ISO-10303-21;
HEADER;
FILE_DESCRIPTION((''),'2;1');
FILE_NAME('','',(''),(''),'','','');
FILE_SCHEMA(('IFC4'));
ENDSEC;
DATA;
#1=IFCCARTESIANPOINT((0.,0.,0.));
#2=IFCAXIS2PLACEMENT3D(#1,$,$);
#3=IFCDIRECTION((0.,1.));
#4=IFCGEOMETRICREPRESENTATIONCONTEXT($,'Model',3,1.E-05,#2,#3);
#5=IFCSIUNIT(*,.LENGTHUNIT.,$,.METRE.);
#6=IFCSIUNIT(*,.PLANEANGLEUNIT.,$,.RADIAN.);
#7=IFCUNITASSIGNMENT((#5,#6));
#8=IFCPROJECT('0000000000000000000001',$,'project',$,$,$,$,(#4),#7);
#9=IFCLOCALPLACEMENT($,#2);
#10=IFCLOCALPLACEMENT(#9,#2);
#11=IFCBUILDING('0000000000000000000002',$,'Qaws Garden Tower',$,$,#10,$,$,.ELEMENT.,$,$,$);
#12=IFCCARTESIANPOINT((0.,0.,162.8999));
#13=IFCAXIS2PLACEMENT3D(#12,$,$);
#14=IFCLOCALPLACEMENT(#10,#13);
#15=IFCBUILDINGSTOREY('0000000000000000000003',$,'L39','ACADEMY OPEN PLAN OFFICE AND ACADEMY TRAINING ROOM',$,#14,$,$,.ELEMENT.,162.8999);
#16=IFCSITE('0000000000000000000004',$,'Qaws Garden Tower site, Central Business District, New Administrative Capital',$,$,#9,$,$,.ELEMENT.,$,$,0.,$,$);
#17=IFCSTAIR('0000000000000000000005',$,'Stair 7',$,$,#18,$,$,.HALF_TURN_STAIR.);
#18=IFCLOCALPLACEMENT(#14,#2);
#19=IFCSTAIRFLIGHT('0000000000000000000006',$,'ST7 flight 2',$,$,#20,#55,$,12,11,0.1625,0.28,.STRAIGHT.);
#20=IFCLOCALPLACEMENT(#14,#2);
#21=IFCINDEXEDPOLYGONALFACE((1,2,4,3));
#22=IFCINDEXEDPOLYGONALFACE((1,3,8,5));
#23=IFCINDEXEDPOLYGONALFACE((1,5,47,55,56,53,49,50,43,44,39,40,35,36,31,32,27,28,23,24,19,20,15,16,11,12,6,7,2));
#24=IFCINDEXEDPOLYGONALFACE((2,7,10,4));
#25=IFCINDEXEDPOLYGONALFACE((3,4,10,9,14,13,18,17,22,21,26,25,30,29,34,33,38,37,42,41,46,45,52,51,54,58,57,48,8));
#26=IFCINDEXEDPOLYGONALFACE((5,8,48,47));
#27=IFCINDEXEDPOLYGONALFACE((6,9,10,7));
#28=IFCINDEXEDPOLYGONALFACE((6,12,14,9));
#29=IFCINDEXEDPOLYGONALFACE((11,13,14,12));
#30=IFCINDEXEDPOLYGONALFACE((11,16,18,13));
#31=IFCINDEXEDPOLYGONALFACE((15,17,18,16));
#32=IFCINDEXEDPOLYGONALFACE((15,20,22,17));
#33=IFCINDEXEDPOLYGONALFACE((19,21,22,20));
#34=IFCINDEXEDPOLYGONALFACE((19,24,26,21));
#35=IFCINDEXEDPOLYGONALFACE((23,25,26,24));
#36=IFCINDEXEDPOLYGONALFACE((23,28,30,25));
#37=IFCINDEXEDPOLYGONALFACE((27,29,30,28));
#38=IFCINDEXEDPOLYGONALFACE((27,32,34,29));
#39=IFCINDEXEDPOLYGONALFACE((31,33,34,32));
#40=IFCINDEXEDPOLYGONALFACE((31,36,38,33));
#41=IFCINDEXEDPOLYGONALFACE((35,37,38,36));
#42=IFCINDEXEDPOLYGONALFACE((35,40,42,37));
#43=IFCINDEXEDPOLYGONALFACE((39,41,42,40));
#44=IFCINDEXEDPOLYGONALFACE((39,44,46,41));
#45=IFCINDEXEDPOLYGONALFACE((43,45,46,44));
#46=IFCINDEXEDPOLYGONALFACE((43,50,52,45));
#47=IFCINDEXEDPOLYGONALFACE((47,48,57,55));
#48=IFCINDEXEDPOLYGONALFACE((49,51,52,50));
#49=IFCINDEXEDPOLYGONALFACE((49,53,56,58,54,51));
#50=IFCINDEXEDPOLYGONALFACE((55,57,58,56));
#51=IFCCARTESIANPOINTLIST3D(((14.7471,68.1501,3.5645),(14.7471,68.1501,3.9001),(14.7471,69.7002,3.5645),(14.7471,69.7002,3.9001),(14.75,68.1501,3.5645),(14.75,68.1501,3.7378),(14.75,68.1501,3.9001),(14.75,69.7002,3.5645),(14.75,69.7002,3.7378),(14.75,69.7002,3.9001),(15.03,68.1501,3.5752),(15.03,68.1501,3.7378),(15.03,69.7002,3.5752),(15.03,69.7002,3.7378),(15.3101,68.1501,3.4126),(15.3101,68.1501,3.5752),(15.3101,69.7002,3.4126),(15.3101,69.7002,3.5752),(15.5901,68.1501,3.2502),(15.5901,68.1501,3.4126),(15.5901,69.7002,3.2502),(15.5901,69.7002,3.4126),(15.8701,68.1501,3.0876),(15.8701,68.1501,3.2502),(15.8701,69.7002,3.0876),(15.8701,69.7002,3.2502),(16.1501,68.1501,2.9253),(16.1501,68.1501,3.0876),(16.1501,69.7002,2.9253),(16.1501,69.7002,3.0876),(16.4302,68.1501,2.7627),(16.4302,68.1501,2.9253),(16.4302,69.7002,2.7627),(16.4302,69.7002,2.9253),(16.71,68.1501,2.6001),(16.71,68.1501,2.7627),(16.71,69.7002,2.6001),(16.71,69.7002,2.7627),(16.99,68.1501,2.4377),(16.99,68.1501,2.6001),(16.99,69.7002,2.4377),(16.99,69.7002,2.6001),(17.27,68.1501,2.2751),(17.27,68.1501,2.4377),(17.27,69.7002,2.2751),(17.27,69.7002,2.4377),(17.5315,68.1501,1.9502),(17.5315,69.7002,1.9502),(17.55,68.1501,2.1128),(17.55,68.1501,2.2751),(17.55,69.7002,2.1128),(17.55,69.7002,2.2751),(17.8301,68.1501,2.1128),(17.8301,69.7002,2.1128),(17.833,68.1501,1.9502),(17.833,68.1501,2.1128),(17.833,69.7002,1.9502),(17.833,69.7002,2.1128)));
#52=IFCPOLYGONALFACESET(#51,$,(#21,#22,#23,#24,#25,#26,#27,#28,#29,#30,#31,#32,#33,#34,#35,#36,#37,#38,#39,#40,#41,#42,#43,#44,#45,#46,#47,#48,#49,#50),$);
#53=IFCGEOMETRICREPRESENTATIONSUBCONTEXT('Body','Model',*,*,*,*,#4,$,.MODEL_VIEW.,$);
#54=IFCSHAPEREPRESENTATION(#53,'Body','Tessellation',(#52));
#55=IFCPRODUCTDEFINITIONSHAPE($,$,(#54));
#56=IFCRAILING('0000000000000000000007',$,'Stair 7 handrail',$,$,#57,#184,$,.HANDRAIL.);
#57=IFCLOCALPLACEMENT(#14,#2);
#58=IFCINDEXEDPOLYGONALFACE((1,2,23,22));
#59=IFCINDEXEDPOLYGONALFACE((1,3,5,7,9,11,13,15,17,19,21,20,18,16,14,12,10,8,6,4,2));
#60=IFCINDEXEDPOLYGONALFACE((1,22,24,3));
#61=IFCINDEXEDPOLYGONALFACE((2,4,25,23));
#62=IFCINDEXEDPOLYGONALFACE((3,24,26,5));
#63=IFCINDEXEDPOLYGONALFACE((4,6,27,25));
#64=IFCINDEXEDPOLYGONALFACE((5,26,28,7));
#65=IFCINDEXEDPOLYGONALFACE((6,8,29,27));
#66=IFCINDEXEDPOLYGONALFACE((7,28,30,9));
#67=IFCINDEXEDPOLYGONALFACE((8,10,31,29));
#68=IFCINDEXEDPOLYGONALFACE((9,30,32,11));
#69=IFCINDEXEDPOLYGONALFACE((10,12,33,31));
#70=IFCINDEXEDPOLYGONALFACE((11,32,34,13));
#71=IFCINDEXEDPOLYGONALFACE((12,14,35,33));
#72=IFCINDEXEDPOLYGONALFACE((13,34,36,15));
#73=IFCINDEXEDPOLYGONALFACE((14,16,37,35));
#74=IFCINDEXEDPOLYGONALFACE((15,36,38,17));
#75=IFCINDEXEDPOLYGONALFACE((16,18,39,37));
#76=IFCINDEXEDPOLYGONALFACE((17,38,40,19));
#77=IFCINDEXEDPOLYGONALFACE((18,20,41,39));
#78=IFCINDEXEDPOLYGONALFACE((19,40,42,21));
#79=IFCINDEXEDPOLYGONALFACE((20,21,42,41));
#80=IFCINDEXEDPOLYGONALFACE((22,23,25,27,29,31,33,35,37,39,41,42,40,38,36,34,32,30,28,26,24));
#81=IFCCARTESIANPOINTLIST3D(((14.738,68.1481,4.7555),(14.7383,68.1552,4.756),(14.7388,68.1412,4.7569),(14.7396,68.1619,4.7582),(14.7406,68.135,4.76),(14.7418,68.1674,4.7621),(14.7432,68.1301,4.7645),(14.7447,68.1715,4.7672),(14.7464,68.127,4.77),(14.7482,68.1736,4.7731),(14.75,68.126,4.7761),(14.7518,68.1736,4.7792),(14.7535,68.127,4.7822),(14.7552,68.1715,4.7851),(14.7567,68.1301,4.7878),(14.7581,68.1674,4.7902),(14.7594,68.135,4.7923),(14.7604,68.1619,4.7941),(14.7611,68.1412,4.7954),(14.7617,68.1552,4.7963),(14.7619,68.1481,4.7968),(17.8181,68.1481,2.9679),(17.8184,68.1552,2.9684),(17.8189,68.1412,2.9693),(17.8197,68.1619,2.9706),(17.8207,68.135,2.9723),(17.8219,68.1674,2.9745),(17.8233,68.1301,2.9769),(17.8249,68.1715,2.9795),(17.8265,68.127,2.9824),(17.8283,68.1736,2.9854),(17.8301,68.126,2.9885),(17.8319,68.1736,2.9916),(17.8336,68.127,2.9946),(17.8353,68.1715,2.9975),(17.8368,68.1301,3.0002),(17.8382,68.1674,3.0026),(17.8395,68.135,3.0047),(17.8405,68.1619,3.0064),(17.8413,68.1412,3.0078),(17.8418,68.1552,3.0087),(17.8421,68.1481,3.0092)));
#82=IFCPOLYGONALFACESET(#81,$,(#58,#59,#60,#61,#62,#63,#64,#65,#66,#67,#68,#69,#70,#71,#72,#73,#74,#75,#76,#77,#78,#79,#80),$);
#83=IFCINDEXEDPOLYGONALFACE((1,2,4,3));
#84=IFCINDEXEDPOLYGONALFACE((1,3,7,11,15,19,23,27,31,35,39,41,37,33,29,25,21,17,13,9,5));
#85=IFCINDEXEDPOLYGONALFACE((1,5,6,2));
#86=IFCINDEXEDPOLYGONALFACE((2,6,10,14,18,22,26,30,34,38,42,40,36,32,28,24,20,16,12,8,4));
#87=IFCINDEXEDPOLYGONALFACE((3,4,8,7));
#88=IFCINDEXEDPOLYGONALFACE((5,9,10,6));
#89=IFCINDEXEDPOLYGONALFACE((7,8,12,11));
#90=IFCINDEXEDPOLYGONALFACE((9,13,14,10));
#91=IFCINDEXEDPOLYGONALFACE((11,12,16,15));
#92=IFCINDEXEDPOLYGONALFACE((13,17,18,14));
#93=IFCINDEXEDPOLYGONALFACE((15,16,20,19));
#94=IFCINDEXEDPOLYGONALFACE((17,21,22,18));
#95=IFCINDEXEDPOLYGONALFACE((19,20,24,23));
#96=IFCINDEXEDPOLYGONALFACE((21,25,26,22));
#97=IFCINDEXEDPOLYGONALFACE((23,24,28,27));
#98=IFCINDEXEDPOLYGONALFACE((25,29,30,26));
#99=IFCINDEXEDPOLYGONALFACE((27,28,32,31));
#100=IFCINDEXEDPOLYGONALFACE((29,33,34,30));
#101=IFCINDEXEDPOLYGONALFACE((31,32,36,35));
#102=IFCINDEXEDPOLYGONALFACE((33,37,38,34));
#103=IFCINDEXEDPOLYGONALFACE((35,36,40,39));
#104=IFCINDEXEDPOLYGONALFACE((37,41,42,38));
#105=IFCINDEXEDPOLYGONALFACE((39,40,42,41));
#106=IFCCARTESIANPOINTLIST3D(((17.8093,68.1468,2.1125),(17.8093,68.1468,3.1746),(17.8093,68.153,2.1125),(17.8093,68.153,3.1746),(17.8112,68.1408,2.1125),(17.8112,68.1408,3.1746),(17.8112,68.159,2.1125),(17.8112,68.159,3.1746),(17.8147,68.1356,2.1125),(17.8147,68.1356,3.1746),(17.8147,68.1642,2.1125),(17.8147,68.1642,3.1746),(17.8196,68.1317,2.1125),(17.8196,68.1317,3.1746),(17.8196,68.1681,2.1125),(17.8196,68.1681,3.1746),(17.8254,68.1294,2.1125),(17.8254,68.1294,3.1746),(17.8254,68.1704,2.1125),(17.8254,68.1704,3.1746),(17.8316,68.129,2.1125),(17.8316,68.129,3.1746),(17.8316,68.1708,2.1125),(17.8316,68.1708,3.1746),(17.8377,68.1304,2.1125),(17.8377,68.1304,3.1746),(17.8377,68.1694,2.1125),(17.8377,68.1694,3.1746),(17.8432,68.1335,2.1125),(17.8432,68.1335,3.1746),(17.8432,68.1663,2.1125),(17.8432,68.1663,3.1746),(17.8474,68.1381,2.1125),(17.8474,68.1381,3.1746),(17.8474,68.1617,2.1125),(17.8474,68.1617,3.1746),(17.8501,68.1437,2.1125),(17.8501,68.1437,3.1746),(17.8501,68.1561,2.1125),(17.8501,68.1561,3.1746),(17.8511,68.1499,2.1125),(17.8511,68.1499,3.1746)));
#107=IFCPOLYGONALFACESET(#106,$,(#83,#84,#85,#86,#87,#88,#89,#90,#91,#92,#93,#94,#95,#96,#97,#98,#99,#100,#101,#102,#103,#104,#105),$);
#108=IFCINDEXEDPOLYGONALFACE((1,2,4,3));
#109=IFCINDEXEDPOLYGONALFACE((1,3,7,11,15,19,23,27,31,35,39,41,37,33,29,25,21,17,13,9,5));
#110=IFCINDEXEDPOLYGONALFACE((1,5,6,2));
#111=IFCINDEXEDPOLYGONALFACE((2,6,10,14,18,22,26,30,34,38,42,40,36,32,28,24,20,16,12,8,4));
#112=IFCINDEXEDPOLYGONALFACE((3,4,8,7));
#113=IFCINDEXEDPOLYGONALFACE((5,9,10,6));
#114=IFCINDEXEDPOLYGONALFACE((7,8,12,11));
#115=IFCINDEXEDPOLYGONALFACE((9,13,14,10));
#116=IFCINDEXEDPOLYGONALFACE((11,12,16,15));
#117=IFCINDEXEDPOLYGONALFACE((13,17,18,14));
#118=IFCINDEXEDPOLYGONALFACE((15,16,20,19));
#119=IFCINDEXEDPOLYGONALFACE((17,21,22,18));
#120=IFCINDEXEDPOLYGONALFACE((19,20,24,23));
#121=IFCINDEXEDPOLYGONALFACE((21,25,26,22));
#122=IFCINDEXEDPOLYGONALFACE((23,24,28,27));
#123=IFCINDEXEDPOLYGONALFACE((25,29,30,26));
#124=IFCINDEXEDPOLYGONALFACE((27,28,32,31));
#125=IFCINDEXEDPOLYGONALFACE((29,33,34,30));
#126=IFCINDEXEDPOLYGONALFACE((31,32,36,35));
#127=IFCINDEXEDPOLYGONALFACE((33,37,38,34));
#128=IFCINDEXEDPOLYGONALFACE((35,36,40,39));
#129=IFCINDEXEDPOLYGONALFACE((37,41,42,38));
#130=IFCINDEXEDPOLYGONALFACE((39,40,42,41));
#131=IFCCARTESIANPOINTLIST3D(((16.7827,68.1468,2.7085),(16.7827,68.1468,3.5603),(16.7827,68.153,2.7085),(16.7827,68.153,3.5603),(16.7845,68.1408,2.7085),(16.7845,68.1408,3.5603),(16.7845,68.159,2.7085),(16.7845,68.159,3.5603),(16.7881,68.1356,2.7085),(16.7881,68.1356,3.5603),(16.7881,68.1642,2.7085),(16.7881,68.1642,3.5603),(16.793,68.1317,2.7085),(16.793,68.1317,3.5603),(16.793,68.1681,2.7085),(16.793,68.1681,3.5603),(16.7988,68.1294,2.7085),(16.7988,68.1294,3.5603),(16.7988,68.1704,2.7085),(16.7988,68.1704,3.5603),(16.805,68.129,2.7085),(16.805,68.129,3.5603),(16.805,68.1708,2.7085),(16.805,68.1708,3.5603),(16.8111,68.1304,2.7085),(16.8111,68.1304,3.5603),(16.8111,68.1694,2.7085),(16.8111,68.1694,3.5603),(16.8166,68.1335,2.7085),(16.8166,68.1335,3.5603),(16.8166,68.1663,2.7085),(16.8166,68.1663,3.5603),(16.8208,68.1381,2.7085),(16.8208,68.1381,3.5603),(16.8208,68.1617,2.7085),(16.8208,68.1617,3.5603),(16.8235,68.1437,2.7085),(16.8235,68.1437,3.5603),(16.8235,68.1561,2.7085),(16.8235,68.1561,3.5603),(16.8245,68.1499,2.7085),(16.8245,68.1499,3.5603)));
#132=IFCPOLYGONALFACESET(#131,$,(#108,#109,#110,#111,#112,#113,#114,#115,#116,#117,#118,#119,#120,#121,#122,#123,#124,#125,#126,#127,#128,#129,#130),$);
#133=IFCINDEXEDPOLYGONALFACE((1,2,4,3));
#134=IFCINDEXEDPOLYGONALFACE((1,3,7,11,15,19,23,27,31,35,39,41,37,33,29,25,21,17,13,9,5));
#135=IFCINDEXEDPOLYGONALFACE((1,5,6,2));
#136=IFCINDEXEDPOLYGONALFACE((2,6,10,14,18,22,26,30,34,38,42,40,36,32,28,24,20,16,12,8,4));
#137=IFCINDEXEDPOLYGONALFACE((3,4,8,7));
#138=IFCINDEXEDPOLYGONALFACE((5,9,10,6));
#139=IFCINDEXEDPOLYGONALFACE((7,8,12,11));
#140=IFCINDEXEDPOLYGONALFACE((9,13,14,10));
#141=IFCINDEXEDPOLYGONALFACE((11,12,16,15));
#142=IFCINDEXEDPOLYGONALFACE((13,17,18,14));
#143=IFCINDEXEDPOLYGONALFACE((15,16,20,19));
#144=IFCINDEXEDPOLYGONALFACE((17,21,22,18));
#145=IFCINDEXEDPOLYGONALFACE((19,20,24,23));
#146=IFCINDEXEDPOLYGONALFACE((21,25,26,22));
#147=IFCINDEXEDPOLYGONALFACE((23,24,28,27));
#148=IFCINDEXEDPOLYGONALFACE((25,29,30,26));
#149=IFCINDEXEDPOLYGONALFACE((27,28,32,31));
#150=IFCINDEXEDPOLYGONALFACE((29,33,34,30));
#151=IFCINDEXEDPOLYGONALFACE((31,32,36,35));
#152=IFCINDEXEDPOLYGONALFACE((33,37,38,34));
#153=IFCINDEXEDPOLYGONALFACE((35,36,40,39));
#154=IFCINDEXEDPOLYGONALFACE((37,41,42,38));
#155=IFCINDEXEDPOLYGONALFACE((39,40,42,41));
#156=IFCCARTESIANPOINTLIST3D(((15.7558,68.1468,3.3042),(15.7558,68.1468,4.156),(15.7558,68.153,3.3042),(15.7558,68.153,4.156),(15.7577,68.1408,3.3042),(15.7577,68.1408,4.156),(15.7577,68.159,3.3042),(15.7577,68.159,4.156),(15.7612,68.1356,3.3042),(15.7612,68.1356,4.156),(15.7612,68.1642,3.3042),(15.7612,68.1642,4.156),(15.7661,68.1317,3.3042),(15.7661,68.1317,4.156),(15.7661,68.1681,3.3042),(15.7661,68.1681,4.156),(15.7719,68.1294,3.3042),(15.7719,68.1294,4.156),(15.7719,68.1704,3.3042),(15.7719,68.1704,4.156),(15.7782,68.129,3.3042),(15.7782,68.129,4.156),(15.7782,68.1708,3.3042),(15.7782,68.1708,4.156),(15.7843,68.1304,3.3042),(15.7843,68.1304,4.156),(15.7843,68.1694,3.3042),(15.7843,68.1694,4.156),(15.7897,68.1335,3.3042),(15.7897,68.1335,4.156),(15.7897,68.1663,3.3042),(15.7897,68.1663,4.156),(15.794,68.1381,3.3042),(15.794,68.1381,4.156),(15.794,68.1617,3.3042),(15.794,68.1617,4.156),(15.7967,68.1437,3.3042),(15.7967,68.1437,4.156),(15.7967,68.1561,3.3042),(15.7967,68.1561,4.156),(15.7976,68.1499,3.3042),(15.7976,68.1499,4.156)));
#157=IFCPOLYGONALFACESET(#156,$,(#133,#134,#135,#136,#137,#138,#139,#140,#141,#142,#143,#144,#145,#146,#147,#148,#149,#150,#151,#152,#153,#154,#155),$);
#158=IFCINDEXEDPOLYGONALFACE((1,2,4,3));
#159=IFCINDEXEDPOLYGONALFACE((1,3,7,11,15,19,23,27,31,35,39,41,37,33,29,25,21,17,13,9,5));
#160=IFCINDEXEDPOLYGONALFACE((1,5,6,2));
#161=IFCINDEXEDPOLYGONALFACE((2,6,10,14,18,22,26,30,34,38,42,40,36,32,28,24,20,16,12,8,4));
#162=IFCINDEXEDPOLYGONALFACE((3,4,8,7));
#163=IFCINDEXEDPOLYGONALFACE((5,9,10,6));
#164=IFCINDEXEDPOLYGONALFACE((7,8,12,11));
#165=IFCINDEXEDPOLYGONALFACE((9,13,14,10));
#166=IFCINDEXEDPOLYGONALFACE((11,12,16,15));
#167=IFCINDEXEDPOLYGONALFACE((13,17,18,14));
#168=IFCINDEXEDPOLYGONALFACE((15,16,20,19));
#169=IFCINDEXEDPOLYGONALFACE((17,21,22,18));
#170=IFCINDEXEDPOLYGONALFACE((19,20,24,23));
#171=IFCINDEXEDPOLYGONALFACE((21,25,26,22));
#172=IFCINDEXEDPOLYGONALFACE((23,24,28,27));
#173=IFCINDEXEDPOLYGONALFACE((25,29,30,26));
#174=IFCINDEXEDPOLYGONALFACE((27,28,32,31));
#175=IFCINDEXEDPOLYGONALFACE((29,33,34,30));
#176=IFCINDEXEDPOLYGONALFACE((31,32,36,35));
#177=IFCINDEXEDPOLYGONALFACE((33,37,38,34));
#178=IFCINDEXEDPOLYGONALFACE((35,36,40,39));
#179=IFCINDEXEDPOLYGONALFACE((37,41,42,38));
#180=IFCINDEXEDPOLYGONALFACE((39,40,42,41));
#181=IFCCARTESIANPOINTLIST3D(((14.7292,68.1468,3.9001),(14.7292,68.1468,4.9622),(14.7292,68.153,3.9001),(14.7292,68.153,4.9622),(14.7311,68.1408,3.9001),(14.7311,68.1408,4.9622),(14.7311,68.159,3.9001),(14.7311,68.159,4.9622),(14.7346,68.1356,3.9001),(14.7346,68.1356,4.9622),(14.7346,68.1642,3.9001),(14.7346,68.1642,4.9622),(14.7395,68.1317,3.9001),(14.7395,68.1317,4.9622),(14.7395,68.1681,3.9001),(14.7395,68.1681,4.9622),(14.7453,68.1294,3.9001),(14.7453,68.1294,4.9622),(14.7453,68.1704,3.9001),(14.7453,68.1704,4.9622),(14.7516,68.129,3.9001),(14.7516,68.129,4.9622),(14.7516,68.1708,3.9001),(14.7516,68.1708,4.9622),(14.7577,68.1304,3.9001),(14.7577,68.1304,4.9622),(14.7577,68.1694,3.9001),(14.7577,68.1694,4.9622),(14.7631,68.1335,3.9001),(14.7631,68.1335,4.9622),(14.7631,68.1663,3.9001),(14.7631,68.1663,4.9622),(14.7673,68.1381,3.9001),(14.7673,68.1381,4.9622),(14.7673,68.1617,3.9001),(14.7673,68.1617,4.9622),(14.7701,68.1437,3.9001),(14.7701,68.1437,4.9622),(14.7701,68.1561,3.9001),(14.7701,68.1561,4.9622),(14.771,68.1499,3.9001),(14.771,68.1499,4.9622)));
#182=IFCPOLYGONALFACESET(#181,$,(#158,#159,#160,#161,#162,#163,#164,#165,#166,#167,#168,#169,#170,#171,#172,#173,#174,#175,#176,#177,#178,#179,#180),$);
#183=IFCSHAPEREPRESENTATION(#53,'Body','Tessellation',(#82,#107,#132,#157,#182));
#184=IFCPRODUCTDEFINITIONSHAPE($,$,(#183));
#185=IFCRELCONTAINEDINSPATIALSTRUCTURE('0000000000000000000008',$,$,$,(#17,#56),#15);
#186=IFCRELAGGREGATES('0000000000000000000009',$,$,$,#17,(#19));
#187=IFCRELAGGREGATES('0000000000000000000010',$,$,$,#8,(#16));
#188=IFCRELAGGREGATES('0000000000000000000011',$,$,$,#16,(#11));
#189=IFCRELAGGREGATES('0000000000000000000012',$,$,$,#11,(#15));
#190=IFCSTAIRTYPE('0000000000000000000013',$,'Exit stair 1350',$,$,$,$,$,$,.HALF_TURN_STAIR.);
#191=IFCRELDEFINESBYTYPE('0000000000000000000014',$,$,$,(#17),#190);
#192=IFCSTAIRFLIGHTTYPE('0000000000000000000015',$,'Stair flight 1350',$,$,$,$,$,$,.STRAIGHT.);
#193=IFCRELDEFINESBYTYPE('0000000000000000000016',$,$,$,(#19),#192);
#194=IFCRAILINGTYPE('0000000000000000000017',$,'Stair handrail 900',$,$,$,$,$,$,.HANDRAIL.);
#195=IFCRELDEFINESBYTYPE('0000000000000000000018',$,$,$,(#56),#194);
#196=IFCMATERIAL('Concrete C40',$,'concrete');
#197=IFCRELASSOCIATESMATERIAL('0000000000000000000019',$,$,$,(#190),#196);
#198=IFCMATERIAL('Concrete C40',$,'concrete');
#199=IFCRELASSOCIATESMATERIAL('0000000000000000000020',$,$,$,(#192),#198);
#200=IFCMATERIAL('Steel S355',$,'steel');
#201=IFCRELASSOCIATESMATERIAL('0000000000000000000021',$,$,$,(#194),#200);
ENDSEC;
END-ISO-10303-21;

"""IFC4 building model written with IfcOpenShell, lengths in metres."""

from ifc_helpers import new_model, si_unit, direction, frame, origin, origin_2d, place, context, subcontext, project, spatial, polyline, circle, outline, extrude, material, type_object, element, aggregate, save


model = new_model("IFC4")

# Units and contexts
model_context = context("Model", 3, precision=1e-05, world=origin(), true_north=direction((0.0, 1.0)))
body_context = subcontext(model_context, "Body", "Model", "MODEL_VIEW")
ifc_project = project(units=[si_unit("LENGTHUNIT", "METRE"), si_unit("PLANEANGLEUNIT", "RADIAN")], contexts=[model_context])

# Site, building, storey
site_placement = place(None, origin())
site = spatial("IfcSite", under=ifc_project, at=site_placement, Name="Qaws Garden Tower site, Central Business District, New Administrative Capital", CompositionType="ELEMENT", RefElevation=0.0)
building_placement = place(site_placement, origin())
building = spatial("IfcBuilding", under=site, at=building_placement, Name="Qaws Garden Tower", CompositionType="ELEMENT")
storey_placement = place(building_placement, frame((0.0, 0.0, 162.8999)))
storey = spatial("IfcBuildingStorey", under=building, at=storey_placement, Name="L39", Description="ACADEMY OPEN PLAN OFFICE AND ACADEMY TRAINING ROOM", CompositionType="ELEMENT", Elevation=162.8999)

# Stair, stair flight
ifc_material_1 = material(Name="Concrete C40", Category="concrete")
stair_type = type_object("IfcStairType", Name="Exit stair 1350", PredefinedType="HALF_TURN_STAIR", material=ifc_material_1)
stair_placement = place(storey_placement, origin())
stair = element("IfcStair", 1, at=stair_placement, inside=storey, type_object=stair_type, Name="Stair 7", PredefinedType="HALF_TURN_STAIR")
ifc_material_2 = material(Name="Concrete C40", Category="concrete")
stair_flight_type = type_object("IfcStairFlightType", Name="Stair flight 1350", PredefinedType="STRAIGHT", material=ifc_material_2)
stair_flight_placement = place(storey_placement, frame((17.8301, 68.925, 1.9502), z_axis=(0.0, 0.0, 1.0), x_axis=(-1.0, 0.0, 0.0)))
stair_flight = element("IfcStairFlight", 2, at=stair_flight_placement, type_object=stair_flight_type, Name="ST7 flight 2", NumberOfRisers=12, NumberOfTreads=11, PredefinedType="STRAIGHT", RiserHeight=0.1625, TreadLength=0.28, context=body_context, shape_type="SweptSolid", body=[
    extrude(outline(polyline([(-0.0029, 0.0), (-0.0029, 0.1626), (0.0, 0.1626), (0.28, 0.1626), (0.28, 0.325), (0.5601, 0.325), (0.5601, 0.4875), (0.8401, 0.4875), (0.8401, 0.6499), (1.1201, 0.6499), (1.1201, 0.8125), (1.3999, 0.8125), (1.3999, 0.9751), (1.6799, 0.9751), (1.6799, 1.1375), (1.96, 1.1375), (1.96, 1.3), (2.24, 1.3), (2.24, 1.4624), (2.52, 1.4624), (2.52, 1.625), (2.8, 1.625), (2.8, 1.7876), (3.0801, 1.7876), (3.0801, 1.95), (3.083, 1.95), (3.083, 1.6143), (3.0801, 1.6143), (0.2986, 0.0), (-0.0029, 0.0)])), frame((0.0, 0.7749, 0.0), z_axis=(0.0, -1.0, 0.0), x_axis=(1.0, 0.0, 0.0)), (0.0, 0.0, 1.0), 1.55),
])
aggregate(stair, [stair_flight])

# Railing
ifc_material_3 = material(Name="Steel S355", Category="steel")
railing_type = type_object("IfcRailingType", Name="Stair handrail 900", PredefinedType="HANDRAIL", material=ifc_material_3)
railing_placement = place(storey_placement, frame((17.8301, 68.1499, 2.1125)))
element("IfcRailing", 3, at=railing_placement, inside=storey, type_object=railing_type, Name="Stair 7 handrail", PredefinedType="HANDRAIL", context=body_context, shape_type="SweptSolid", body=[
    extrude(circle(Radius=0.0239, at=origin_2d()), frame((0.0, 0.0, 0.876), z_axis=(-0.864891, 0.0, 0.50196), x_axis=(0.0, -1.0, 0.0)), (0.0, 0.0, 1.0), 3.5613),
    extrude(circle(Radius=0.021, at=origin_2d()), origin(), (0.0, 0.0, 1.0), 1.062),
    extrude(circle(Radius=0.021, at=origin_2d()), frame((-1.0266, 0.0, 0.5959)), (0.0, 0.0, 1.0), 0.8518),
    extrude(circle(Radius=0.021, at=origin_2d()), frame((-2.0535, 0.0, 1.1917)), (0.0, 0.0, 1.0), 0.8518),
    extrude(circle(Radius=0.021, at=origin_2d()), frame((-3.0801, 0.0, 1.7876)), (0.0, 0.0, 1.0), 1.062),
])

save(model, "model.ifc")
